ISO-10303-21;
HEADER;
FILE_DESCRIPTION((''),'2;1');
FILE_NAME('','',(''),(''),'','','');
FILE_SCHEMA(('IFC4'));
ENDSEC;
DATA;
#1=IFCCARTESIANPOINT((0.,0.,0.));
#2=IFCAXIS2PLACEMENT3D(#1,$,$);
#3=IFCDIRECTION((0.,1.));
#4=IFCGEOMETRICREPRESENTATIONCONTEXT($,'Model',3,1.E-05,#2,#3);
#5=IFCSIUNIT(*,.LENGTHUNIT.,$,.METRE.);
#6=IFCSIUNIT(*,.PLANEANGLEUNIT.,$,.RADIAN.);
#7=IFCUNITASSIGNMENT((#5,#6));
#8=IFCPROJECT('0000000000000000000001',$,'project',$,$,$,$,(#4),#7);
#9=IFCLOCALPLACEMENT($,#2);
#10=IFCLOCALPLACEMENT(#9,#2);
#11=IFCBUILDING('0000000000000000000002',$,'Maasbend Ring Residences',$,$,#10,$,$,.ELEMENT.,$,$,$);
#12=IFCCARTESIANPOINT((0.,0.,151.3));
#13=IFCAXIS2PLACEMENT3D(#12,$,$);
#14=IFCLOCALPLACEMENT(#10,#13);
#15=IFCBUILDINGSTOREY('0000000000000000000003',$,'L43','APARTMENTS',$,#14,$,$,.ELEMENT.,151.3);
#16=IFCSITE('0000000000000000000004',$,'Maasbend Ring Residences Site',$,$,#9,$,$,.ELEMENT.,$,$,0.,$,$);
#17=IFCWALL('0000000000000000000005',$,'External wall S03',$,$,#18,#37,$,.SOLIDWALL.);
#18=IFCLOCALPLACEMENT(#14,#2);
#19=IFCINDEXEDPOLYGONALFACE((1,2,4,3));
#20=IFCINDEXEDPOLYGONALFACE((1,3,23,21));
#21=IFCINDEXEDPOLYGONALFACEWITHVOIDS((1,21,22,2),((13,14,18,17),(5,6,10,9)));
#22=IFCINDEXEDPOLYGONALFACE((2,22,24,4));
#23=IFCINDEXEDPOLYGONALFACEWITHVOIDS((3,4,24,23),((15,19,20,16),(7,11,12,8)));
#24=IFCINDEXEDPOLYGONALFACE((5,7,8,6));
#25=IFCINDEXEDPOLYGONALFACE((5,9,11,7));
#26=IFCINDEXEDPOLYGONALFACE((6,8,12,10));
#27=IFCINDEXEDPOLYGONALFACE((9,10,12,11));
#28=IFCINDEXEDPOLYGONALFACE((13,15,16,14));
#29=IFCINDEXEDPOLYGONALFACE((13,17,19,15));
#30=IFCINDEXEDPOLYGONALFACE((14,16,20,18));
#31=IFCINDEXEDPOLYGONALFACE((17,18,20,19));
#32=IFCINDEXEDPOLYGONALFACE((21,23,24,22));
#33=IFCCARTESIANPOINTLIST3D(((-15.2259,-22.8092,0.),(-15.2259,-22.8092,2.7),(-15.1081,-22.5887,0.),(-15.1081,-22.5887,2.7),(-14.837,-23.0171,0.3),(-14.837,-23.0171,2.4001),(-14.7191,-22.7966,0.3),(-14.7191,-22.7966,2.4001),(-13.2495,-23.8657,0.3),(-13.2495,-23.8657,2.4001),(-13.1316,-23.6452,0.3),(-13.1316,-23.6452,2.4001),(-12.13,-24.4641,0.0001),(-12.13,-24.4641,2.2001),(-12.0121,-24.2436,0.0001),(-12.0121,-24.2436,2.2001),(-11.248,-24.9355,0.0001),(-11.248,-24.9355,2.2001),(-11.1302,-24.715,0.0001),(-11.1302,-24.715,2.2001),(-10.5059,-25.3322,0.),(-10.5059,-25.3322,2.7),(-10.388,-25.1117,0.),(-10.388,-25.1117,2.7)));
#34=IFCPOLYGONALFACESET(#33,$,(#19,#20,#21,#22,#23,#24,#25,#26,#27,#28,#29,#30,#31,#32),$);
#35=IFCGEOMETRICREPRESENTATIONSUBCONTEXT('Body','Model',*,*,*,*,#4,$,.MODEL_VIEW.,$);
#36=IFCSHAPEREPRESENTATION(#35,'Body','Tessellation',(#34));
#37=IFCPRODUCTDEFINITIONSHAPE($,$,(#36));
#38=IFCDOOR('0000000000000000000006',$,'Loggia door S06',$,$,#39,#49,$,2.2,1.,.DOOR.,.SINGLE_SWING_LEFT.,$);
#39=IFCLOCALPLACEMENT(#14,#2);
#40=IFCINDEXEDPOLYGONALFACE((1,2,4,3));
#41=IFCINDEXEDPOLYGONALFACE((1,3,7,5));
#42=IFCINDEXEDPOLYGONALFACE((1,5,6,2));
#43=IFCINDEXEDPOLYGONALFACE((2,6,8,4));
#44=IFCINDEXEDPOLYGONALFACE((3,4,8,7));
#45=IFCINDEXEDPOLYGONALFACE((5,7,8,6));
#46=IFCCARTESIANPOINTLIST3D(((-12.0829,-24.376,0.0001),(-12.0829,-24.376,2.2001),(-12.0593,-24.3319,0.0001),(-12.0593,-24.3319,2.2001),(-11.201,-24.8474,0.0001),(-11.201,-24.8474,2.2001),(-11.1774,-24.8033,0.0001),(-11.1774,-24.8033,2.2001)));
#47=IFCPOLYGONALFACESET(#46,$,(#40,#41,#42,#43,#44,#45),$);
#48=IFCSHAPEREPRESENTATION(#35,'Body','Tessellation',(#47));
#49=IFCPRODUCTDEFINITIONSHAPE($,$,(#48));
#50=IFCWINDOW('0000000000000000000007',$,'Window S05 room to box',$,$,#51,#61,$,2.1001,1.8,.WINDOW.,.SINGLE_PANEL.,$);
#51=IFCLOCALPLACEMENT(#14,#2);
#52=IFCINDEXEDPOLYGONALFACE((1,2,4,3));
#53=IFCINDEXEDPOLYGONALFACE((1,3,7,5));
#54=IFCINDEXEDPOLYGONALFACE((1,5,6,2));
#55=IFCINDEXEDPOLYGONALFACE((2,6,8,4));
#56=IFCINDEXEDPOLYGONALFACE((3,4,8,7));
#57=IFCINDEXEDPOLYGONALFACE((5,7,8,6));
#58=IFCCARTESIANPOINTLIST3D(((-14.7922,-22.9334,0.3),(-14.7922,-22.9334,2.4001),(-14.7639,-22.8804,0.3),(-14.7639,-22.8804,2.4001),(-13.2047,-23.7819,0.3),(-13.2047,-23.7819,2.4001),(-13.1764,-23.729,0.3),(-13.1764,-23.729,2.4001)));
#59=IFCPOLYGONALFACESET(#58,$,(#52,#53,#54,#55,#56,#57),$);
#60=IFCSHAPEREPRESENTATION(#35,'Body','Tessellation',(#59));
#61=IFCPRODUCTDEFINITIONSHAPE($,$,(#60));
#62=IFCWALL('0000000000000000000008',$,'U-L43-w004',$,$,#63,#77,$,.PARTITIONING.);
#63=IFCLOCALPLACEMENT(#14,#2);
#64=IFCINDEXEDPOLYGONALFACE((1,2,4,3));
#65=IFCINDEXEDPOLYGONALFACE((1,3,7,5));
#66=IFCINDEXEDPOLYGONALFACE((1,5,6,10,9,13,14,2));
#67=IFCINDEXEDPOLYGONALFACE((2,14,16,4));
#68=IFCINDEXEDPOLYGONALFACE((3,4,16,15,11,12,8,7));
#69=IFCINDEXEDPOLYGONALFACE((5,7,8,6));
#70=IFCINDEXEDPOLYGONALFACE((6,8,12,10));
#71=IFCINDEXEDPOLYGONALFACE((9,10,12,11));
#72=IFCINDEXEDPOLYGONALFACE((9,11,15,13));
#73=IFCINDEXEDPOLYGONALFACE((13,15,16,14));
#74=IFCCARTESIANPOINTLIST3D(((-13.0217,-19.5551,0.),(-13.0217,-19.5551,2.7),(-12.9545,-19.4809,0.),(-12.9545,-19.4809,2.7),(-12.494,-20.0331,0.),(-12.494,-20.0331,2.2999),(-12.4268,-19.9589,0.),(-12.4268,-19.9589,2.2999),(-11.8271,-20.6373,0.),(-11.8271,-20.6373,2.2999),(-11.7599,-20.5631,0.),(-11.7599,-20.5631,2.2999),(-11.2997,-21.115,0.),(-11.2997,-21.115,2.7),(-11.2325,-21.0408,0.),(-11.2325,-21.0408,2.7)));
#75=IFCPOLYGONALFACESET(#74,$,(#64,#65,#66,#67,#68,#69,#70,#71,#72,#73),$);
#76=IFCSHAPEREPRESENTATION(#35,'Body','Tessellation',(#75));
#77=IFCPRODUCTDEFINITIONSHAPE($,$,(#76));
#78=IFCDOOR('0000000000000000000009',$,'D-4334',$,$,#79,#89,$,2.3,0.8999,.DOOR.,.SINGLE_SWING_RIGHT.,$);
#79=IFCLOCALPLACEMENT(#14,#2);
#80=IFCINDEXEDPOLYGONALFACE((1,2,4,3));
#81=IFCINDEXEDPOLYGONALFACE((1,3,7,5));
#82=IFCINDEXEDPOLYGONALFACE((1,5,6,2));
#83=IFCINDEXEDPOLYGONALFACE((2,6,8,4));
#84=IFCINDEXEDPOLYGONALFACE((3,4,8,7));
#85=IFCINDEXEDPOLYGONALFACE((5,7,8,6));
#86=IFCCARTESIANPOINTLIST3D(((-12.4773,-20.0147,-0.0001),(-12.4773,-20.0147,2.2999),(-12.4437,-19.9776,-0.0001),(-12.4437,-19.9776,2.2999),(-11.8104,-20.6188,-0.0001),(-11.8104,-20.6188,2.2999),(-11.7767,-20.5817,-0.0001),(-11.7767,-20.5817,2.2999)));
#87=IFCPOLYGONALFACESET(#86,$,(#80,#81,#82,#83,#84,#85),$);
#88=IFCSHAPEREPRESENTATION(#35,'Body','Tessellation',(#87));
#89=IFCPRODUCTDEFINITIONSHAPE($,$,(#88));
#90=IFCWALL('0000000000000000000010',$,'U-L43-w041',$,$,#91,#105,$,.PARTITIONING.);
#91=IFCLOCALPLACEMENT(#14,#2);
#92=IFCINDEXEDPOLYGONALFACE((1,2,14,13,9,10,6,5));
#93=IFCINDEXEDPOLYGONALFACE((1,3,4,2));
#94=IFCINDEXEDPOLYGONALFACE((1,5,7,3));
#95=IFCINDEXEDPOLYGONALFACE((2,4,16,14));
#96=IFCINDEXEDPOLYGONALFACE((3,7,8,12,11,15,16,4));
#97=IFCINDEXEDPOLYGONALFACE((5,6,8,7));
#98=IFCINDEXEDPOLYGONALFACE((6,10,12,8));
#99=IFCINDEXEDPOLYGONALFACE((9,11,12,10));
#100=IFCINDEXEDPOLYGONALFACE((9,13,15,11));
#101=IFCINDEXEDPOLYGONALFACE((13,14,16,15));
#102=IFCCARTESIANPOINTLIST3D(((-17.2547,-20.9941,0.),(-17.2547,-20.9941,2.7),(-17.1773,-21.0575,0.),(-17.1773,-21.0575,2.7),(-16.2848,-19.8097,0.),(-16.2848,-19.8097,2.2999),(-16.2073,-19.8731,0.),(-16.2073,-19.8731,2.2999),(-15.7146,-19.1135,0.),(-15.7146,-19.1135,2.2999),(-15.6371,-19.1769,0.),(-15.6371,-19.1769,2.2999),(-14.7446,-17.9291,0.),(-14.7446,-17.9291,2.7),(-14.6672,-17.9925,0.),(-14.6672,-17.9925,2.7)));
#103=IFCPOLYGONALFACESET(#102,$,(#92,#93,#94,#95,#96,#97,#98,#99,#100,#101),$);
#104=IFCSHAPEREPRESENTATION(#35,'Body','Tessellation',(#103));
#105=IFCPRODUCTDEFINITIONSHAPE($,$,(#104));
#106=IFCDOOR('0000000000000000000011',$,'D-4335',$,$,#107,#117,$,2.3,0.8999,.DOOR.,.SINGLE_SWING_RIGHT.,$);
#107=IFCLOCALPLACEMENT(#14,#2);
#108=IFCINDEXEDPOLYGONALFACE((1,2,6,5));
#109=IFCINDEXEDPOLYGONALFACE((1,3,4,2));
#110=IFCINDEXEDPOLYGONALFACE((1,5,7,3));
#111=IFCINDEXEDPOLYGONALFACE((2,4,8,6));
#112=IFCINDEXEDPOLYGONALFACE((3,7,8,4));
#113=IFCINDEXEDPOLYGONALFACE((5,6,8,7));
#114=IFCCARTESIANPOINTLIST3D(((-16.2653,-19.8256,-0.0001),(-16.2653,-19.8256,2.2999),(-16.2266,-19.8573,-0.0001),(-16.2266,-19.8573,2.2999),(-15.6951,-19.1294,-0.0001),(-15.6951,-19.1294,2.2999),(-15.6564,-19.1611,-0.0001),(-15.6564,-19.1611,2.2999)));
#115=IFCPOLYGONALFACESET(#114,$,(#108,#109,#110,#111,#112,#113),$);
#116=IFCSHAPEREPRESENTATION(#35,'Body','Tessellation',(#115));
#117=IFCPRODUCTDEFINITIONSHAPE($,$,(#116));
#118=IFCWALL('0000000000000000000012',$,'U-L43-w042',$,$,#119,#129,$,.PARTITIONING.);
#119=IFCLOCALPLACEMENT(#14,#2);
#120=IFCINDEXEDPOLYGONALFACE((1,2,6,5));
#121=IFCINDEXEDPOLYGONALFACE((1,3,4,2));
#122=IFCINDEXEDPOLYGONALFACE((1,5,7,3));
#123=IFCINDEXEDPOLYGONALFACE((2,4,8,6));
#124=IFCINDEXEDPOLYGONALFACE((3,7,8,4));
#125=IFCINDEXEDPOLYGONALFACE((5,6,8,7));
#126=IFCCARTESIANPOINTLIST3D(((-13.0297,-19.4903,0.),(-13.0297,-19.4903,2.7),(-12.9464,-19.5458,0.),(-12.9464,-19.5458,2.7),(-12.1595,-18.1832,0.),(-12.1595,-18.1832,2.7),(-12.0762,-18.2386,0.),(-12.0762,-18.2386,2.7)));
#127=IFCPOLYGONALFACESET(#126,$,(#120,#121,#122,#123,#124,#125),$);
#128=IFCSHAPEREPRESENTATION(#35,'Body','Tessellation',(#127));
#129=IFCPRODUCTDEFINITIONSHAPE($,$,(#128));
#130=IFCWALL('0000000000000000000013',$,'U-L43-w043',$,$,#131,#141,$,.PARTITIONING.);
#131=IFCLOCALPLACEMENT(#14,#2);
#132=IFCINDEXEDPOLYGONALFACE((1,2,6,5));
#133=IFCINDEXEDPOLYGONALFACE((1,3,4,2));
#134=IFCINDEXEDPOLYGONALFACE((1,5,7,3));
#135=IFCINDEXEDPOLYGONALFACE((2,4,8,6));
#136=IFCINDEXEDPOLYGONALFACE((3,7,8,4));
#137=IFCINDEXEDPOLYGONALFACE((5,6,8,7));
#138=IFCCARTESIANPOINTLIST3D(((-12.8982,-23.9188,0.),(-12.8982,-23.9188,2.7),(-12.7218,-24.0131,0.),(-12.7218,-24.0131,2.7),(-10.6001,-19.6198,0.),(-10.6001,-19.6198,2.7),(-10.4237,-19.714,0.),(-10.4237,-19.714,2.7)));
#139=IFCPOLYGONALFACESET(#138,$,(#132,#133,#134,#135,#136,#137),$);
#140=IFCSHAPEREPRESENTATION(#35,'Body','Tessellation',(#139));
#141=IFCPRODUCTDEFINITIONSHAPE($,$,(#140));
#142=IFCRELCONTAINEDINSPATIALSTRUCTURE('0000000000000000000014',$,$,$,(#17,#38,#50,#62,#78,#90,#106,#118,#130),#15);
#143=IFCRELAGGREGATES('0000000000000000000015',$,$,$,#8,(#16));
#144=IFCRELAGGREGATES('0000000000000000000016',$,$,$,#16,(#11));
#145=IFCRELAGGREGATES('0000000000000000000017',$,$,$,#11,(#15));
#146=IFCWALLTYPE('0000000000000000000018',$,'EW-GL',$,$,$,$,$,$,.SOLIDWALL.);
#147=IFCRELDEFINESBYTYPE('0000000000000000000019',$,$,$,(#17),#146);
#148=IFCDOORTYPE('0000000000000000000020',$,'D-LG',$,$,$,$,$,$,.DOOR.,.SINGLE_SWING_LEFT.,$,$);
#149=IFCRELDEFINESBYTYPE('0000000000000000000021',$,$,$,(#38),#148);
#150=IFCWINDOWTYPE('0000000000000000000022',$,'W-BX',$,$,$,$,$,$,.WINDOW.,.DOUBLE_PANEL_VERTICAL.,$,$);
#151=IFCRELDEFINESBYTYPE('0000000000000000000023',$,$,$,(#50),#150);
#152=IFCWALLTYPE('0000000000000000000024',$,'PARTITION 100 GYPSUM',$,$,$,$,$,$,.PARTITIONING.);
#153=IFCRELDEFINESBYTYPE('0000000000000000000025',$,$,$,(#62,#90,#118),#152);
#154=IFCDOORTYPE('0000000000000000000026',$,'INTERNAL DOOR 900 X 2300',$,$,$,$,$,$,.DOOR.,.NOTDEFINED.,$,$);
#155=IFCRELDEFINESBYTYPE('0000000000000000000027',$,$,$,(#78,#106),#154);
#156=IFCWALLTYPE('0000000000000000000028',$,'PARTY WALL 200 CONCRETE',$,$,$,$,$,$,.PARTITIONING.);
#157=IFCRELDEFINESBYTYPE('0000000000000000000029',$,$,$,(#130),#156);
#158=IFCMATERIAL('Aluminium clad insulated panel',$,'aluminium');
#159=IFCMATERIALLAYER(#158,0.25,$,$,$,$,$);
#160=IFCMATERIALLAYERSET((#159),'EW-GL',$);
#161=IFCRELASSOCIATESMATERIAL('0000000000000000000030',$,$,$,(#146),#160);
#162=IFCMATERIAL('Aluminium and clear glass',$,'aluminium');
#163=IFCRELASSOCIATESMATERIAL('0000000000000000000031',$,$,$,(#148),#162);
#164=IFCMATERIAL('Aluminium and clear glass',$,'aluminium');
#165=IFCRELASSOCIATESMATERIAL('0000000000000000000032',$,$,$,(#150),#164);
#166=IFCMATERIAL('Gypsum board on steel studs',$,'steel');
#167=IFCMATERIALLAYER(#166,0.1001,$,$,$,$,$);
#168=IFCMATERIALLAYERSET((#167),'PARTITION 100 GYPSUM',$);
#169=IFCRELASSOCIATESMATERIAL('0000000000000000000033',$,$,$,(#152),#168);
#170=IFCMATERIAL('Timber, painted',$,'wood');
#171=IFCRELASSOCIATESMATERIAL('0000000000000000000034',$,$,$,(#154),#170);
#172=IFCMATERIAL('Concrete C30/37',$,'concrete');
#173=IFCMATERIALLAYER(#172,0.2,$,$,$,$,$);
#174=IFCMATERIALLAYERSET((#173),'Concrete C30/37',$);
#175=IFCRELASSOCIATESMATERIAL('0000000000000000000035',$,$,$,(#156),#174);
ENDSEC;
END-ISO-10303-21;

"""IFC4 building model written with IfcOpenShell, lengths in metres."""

from ifc_helpers import new_model, si_unit, direction, frame, frame_2d, origin, place, context, subcontext, project, spatial, rectangle, extrude, material, layer, layer_set, type_object, element, fill, save


model = new_model("IFC4")

# Units and contexts
model_context = context("Model", 3, precision=1e-05, world=origin(), true_north=direction((0.0, 1.0)))
body_context = subcontext(model_context, "Body", "Model", "MODEL_VIEW")
ifc_project = project(units=[si_unit("LENGTHUNIT", "METRE"), si_unit("PLANEANGLEUNIT", "RADIAN")], contexts=[model_context])

# Site, building, storey
site_placement = place(None, origin())
site = spatial("IfcSite", under=ifc_project, at=site_placement, Name="Maasbend Ring Residences Site", CompositionType="ELEMENT", RefElevation=0.0)
building_placement = place(site_placement, origin())
building = spatial("IfcBuilding", under=site, at=building_placement, Name="Maasbend Ring Residences", CompositionType="ELEMENT")
storey_placement = place(building_placement, frame((0.0, 0.0, 151.3)))
storey = spatial("IfcBuildingStorey", under=building, at=storey_placement, Name="L43", Description="APARTMENTS", CompositionType="ELEMENT", Elevation=151.3)

# Wall, openings, door, window
ifc_material_1 = material(Name="Aluminium clad insulated panel", Category="aluminium")
ifc_layer_1 = layer(ifc_material_1, 0.25)
ifc_layer_set_1 = layer_set([ifc_layer_1], Name="EW-GL")
wall_type_1 = type_object("IfcWallType", Name="EW-GL", PredefinedType="SOLIDWALL", material=ifc_layer_set_1)
wall_1_placement = place(storey_placement, frame((-15.167, -22.699, 0.0), z_axis=(0.0, 0.0, 1.0), x_axis=(0.881916, -0.471407, 0.0)))
wall_1 = element("IfcWall", 1, at=wall_1_placement, inside=storey, type_object=wall_type_1, Name="External wall S03", PredefinedType="SOLIDWALL", context=body_context, shape_type="SweptSolid", body=[
    extrude(rectangle(XDim=5.3521, YDim=0.25, at=frame_2d((2.676, 0.0))), origin(), (0.0, 0.0, 1.0), 2.7),
])
opening_1_placement = place(wall_1_placement, frame((0.4412, 0.0, 0.3)))
opening_1 = element("IfcOpeningElement", 2, at=opening_1_placement, cuts=wall_1, PredefinedType="OPENING", context=body_context, shape_type="SweptSolid", body=[
    extrude(rectangle(XDim=1.8, YDim=2.1001, at=frame_2d((0.8999, 1.05))), frame((0.0, 0.135, 0.0), z_axis=(0.0, -1.0, 0.0), x_axis=(1.0, 0.0, 0.0)), (0.0, 0.0, 1.0), 0.27),
])
opening_2_placement = place(wall_1_placement, frame((3.5105, 0.0, 0.0)))
opening_2 = element("IfcOpeningElement", 3, at=opening_2_placement, cuts=wall_1, PredefinedType="OPENING", context=body_context, shape_type="SweptSolid", body=[
    extrude(rectangle(XDim=1.0, YDim=2.2, at=frame_2d((0.5, 1.1001))), frame((0.0, 0.135, 0.0), z_axis=(0.0, -1.0, 0.0), x_axis=(1.0, 0.0, 0.0)), (0.0, 0.0, 1.0), 0.27),
])
ifc_material_2 = material(Name="Aluminium and clear glass", Category="aluminium")
door_type_1 = type_object("IfcDoorType", Name="D-LG", OperationType="SINGLE_SWING_LEFT", PredefinedType="DOOR", material=ifc_material_2)
door_1_placement = place(opening_2_placement, origin())
door_1 = element("IfcDoor", 4, at=door_1_placement, inside=storey, type_object=door_type_1, Name="Loggia door S06", OperationType="SINGLE_SWING_LEFT", OverallHeight=2.2, OverallWidth=1.0, PredefinedType="DOOR", context=body_context, shape_type="SweptSolid", body=[
    extrude(rectangle(XDim=1.0, YDim=2.2, at=frame_2d((0.5, 1.1001))), frame((0.0, 0.0249, 0.0), z_axis=(0.0, -1.0, 0.0), x_axis=(1.0, 0.0, 0.0)), (0.0, 0.0, 1.0), 0.05),
])
fill(opening_2, door_1)
ifc_material_3 = material(Name="Aluminium and clear glass", Category="aluminium")
window_type_1 = type_object("IfcWindowType", Name="W-BX", PartitioningType="DOUBLE_PANEL_VERTICAL", PredefinedType="WINDOW", material=ifc_material_3)
window_1_placement = place(opening_1_placement, origin())
window_1 = element("IfcWindow", 5, at=window_1_placement, inside=storey, type_object=window_type_1, Name="Window S05 room to box", OverallHeight=2.1001, OverallWidth=1.8, PartitioningType="SINGLE_PANEL", PredefinedType="WINDOW", context=body_context, shape_type="SweptSolid", body=[
    extrude(rectangle(XDim=1.8, YDim=2.1001, at=frame_2d((0.8999, 1.05))), frame((0.0, 0.03, 0.0), z_axis=(0.0, -1.0, 0.0), x_axis=(1.0, 0.0, 0.0)), (0.0, 0.0, 1.0), 0.0601),
])
fill(opening_1, window_1)

# Walls, openings, doors
ifc_material_4 = material(Name="Gypsum board on steel studs", Category="steel")
ifc_layer_2 = layer(ifc_material_4, 0.1001)
ifc_layer_set_2 = layer_set([ifc_layer_2], Name="PARTITION 100 GYPSUM")
wall_type_2 = type_object("IfcWallType", Name="PARTITION 100 GYPSUM", PredefinedType="PARTITIONING", material=ifc_layer_set_2)
wall_2_placement = place(storey_placement, frame((-12.988, -19.5181, 0.0), z_axis=(0.0, 0.0, 1.0), x_axis=(0.741132, -0.671359, 0.0)))
wall_2 = element("IfcWall", 6, at=wall_2_placement, inside=storey, type_object=wall_type_2, Name="U-L43-w004", PredefinedType="PARTITIONING", context=body_context, shape_type="SweptSolid", body=[
    extrude(rectangle(XDim=2.3235, YDim=0.1001, at=frame_2d((1.1616, 0.0))), origin(), (0.0, 0.0, 1.0), 2.7),
])
opening_3_placement = place(wall_2_placement, frame((0.7119, 0.0, 0.0)))
opening_3 = element("IfcOpeningElement", 7, at=opening_3_placement, cuts=wall_2, PredefinedType="OPENING", context=body_context, shape_type="SweptSolid", body=[
    extrude(rectangle(XDim=0.8999, YDim=2.3, at=frame_2d((0.45, 1.1499))), frame((0.0, 0.0601, 0.0), z_axis=(0.0, -1.0, 0.0), x_axis=(1.0, 0.0, 0.0)), (0.0, 0.0, 1.0), 0.1201),
])
ifc_material_5 = material(Name="Timber, painted", Category="wood")
door_type_2 = type_object("IfcDoorType", Name="INTERNAL DOOR 900 X 2300", OperationType="NOTDEFINED", PredefinedType="DOOR", material=ifc_material_5)
door_2_placement = place(opening_3_placement, origin())
door_2 = element("IfcDoor", 8, at=door_2_placement, inside=storey, type_object=door_type_2, Name="D-4334", OperationType="SINGLE_SWING_RIGHT", OverallHeight=2.3, OverallWidth=0.8999, PredefinedType="DOOR", context=body_context, shape_type="SweptSolid", body=[
    extrude(rectangle(XDim=0.8999, YDim=2.3, at=frame_2d((0.45, 1.1499))), frame((0.0, 0.0249, 0.0), z_axis=(0.0, -1.0, 0.0), x_axis=(1.0, 0.0, 0.0)), (0.0, 0.0, 1.0), 0.05),
])
fill(opening_3, door_2)
wall_3_placement = place(storey_placement, frame((-17.2161, -21.0259, 0.0), z_axis=(0.0, 0.0, 1.0), x_axis=(0.63359, 0.773669, 0.0)))
wall_3 = element("IfcWall", 9, at=wall_3_placement, inside=storey, type_object=wall_type_2, Name="U-L43-w041", PredefinedType="PARTITIONING", context=body_context, shape_type="SweptSolid", body=[
    extrude(rectangle(XDim=3.9617, YDim=0.1001, at=frame_2d((1.981, 0.0))), origin(), (0.0, 0.0, 1.0), 2.7),
])
opening_4_placement = place(wall_3_placement, frame((1.531, 0.0, 0.0)))
opening_4 = element("IfcOpeningElement", 10, at=opening_4_placement, cuts=wall_3, PredefinedType="OPENING", context=body_context, shape_type="SweptSolid", body=[
    extrude(rectangle(XDim=0.8999, YDim=2.3, at=frame_2d((0.45, 1.1499))), frame((0.0, 0.0601, 0.0), z_axis=(0.0, -1.0, 0.0), x_axis=(1.0, 0.0, 0.0)), (0.0, 0.0, 1.0), 0.1201),
])
door_3_placement = place(opening_4_placement, origin())
door_3 = element("IfcDoor", 11, at=door_3_placement, inside=storey, type_object=door_type_2, Name="D-4335", OperationType="SINGLE_SWING_RIGHT", OverallHeight=2.3, OverallWidth=0.8999, PredefinedType="DOOR", context=body_context, shape_type="SweptSolid", body=[
    extrude(rectangle(XDim=0.8999, YDim=2.3, at=frame_2d((0.45, 1.1499))), frame((0.0, 0.0249, 0.0), z_axis=(0.0, -1.0, 0.0), x_axis=(1.0, 0.0, 0.0)), (0.0, 0.0, 1.0), 0.05),
])
fill(opening_4, door_3)

# Walls
wall_4_placement = place(storey_placement, frame((-12.988, -19.5181, 0.0), z_axis=(0.0, 0.0, 1.0), x_axis=(0.554126, 0.832433, 0.0)))
element("IfcWall", 12, at=wall_4_placement, inside=storey, type_object=wall_type_2, Name="U-L43-w042", PredefinedType="PARTITIONING", context=body_context, shape_type="SweptSolid", body=[
    extrude(rectangle(XDim=1.5703, YDim=0.1001, at=frame_2d((0.7852, 0.0))), origin(), (0.0, 0.0, 1.0), 2.7),
])
ifc_material_6 = material(Name="Concrete C30/37", Category="concrete")
ifc_layer_3 = layer(ifc_material_6, 0.2)
ifc_layer_set_3 = layer_set([ifc_layer_3], Name="Concrete C30/37")
wall_type_3 = type_object("IfcWallType", Name="PARTY WALL 200 CONCRETE", PredefinedType="PARTITIONING", material=ifc_layer_set_3)
wall_5_placement = place(storey_placement, frame((-12.8101, -23.9661, 0.0), z_axis=(0.0, 0.0, 1.0), x_axis=(0.471428, 0.881905, 0.0)))
element("IfcWall", 13, at=wall_5_placement, inside=storey, type_object=wall_type_3, Name="U-L43-w043", PredefinedType="PARTITIONING", context=body_context, shape_type="SweptSolid", body=[
    extrude(rectangle(XDim=4.8748, YDim=0.2, at=frame_2d((2.4375, 0.0))), origin(), (0.0, 0.0, 1.0), 2.7),
])

save(model, "model.ifc")
